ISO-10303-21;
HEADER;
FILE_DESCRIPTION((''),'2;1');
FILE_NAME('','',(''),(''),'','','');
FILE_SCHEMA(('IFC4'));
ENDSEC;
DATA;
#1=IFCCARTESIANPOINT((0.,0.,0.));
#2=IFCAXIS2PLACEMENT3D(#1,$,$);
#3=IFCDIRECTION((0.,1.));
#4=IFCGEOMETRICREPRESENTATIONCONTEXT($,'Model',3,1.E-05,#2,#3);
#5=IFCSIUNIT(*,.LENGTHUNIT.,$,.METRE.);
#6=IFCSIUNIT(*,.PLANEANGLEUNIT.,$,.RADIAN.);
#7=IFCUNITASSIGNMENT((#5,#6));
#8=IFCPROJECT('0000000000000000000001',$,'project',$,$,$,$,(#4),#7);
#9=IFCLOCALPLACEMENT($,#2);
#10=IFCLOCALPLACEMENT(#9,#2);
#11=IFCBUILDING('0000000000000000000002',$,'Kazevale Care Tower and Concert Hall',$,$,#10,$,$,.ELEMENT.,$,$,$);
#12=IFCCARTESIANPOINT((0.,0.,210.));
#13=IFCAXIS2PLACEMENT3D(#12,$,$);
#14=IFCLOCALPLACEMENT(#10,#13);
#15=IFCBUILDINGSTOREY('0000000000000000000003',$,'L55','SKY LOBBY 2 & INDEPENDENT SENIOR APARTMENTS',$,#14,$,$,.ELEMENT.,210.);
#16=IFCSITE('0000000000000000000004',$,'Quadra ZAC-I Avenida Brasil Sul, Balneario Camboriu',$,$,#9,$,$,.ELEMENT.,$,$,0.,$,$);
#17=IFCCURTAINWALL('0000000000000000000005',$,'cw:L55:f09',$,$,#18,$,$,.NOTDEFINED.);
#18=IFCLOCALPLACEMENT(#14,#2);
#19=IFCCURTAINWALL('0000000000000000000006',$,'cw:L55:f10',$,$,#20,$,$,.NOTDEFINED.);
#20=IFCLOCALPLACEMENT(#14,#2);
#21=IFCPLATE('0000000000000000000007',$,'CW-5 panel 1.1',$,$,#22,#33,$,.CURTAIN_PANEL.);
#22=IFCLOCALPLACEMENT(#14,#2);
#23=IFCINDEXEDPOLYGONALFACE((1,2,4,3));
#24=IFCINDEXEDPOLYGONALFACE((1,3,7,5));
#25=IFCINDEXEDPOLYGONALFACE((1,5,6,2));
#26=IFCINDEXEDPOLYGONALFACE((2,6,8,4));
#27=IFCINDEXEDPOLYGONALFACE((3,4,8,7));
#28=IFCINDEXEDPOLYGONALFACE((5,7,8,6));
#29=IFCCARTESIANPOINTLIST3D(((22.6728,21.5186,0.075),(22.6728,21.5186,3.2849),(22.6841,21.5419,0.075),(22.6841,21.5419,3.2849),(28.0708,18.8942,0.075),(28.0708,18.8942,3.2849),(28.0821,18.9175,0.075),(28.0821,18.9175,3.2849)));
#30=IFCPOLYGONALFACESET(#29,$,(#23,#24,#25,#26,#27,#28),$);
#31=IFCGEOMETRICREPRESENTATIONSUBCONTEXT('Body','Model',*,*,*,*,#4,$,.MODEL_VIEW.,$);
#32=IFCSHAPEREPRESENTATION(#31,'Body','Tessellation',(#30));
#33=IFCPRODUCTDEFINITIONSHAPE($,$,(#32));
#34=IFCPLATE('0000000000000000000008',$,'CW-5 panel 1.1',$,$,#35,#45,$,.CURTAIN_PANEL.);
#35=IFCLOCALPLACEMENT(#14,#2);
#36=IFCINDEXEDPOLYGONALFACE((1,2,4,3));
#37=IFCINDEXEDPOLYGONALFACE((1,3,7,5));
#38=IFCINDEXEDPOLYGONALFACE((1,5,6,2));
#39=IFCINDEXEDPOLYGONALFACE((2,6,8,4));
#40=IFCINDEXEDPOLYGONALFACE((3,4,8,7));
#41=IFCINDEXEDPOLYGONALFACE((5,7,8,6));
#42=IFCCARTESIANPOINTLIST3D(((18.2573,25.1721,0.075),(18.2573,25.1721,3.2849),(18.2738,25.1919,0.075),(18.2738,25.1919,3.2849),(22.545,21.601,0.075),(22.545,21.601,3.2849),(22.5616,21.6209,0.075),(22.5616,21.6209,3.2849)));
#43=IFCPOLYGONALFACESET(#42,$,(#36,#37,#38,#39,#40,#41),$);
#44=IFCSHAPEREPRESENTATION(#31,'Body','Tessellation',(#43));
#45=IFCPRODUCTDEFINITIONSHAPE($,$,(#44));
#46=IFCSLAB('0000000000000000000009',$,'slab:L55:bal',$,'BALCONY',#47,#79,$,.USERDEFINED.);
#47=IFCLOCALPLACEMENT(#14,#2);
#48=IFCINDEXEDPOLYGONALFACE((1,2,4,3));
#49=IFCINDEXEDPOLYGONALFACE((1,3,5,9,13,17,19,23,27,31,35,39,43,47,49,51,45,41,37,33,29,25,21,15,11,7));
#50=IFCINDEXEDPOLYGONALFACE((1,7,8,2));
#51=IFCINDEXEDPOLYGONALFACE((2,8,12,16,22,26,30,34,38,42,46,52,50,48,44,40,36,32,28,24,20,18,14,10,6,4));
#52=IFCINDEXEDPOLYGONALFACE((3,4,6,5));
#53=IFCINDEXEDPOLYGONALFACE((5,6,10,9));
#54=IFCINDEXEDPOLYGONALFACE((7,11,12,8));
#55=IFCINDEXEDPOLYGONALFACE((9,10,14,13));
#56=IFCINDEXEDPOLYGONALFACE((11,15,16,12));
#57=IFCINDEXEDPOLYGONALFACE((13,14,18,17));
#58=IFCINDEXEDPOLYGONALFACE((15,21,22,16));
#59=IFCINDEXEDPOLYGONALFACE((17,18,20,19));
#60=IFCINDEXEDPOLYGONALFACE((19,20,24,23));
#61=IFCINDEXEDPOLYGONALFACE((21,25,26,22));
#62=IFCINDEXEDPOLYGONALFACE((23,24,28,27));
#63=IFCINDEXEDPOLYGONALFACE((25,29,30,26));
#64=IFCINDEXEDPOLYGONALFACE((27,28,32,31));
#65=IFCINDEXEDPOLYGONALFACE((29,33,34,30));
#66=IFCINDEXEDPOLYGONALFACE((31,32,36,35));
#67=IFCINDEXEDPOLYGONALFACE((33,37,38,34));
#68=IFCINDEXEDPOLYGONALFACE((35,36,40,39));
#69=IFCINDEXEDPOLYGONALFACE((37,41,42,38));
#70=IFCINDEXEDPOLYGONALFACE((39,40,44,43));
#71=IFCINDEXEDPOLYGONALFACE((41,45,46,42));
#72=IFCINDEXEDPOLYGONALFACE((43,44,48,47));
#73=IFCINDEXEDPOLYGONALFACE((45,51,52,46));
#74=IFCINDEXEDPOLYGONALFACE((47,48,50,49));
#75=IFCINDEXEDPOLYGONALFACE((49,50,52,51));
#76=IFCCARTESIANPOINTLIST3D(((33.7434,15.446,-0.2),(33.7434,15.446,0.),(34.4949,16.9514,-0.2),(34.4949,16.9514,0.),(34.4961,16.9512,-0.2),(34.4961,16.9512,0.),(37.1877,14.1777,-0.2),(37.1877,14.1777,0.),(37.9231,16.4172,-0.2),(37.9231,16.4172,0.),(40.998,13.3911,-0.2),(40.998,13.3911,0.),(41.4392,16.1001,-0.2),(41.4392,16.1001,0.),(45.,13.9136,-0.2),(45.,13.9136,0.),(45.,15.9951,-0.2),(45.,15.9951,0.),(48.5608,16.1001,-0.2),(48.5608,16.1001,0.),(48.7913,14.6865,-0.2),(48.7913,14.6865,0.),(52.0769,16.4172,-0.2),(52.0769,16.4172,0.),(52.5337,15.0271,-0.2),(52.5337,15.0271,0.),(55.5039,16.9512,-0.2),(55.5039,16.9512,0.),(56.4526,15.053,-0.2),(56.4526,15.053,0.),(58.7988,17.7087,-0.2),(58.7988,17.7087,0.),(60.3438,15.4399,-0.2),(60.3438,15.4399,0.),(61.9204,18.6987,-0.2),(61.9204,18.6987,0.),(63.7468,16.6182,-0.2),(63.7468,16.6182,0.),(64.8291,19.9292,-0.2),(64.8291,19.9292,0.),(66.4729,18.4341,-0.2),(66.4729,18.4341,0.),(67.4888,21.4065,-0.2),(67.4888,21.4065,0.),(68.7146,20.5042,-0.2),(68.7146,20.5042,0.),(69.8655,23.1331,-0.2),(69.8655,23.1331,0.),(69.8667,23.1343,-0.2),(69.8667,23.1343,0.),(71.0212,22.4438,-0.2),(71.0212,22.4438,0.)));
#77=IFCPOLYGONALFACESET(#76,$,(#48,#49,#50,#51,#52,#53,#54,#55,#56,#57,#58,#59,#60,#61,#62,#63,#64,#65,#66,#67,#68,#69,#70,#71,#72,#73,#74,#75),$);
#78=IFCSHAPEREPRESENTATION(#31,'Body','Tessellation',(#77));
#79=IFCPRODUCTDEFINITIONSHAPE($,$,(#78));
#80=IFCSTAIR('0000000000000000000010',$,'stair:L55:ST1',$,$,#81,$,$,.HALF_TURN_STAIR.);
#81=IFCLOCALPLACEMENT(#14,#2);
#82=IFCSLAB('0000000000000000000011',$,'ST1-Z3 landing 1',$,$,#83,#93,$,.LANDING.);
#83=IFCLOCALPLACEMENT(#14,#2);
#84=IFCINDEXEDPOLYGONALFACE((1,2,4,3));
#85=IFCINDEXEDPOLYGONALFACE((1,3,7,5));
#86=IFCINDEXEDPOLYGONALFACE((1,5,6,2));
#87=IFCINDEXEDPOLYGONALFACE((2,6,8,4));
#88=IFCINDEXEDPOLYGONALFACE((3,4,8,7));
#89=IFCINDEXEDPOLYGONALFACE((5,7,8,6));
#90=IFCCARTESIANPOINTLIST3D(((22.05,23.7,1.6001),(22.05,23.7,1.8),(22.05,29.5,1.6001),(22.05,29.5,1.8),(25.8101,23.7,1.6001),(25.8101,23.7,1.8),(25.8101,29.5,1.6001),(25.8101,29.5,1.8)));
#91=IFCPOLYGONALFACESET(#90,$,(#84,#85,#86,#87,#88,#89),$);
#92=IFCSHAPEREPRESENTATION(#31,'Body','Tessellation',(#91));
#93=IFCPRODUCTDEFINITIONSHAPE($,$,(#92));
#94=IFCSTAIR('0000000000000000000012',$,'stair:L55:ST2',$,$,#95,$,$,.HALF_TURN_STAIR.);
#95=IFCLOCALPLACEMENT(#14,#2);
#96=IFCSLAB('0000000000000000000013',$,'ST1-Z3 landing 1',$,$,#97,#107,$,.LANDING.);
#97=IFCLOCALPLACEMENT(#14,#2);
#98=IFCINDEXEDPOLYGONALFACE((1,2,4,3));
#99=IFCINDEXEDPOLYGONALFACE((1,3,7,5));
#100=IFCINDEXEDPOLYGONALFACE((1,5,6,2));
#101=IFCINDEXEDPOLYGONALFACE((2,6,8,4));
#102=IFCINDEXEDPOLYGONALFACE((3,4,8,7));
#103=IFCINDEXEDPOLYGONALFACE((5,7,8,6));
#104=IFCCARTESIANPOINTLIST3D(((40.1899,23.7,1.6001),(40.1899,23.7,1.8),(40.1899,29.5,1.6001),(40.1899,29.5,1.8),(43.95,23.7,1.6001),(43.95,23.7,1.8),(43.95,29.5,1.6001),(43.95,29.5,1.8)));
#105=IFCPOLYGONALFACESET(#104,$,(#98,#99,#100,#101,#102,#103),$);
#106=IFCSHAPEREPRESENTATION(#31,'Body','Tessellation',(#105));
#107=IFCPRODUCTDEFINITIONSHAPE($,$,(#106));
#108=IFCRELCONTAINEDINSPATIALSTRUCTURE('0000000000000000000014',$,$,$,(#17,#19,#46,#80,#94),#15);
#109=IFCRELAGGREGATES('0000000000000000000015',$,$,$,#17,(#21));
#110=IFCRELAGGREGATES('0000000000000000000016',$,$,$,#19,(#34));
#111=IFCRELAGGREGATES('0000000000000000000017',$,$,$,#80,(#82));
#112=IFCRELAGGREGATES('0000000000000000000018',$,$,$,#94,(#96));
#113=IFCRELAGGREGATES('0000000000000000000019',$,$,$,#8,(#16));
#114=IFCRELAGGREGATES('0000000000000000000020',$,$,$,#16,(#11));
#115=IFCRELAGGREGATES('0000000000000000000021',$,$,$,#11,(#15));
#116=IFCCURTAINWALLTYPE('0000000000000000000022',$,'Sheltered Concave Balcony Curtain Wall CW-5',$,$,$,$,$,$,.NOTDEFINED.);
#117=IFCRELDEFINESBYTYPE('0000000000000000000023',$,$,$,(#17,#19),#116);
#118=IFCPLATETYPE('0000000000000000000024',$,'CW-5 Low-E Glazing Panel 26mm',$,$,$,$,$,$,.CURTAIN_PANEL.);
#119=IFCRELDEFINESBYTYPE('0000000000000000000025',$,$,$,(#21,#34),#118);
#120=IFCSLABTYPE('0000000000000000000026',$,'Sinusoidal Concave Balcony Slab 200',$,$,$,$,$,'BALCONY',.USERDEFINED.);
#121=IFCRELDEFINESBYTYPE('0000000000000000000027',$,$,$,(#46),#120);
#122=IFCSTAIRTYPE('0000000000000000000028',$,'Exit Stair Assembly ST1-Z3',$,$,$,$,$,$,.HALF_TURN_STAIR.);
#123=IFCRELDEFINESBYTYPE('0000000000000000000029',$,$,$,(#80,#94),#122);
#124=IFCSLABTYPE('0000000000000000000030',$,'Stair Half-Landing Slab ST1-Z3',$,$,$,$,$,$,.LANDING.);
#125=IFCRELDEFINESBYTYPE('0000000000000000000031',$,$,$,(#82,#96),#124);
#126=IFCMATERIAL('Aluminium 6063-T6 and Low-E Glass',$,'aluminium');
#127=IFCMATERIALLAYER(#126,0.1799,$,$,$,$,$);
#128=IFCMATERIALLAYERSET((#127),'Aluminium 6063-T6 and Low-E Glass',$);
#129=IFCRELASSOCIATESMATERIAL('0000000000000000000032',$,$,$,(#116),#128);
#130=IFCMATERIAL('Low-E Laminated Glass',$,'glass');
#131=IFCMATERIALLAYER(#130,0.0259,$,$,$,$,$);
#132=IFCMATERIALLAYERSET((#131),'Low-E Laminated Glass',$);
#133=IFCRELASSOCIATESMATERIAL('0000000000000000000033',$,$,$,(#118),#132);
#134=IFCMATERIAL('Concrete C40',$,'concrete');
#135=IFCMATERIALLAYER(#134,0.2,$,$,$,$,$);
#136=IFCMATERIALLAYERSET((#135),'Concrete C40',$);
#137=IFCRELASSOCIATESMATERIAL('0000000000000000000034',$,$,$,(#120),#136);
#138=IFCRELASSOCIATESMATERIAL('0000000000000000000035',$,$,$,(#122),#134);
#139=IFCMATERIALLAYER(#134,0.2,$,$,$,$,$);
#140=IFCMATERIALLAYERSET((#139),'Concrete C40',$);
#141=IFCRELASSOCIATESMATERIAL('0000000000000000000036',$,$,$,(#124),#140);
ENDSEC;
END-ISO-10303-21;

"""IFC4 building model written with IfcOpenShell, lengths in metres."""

from ifc_helpers import new_model, si_unit, direction, frame, origin, origin_2d, place, context, subcontext, project, spatial, polyline, rectangle, outline, extrude, material, layer, layer_set, type_object, element, aggregate, save


model = new_model("IFC4")

# Units and contexts
model_context = context("Model", 3, precision=1e-05, world=origin(), true_north=direction((0.0, 1.0)))
body_context = subcontext(model_context, "Body", "Model", "MODEL_VIEW")
ifc_project = project(units=[si_unit("LENGTHUNIT", "METRE"), si_unit("PLANEANGLEUNIT", "RADIAN")], contexts=[model_context])

# Site, building, storey
site_placement = place(None, origin())
site = spatial("IfcSite", under=ifc_project, at=site_placement, Name="Quadra ZAC-I Avenida Brasil Sul, Balneario Camboriu", CompositionType="ELEMENT", RefElevation=0.0)
building_placement = place(site_placement, origin())
building = spatial("IfcBuilding", under=site, at=building_placement, Name="Kazevale Care Tower and Concert Hall", CompositionType="ELEMENT")
storey_placement = place(building_placement, frame((0.0, 0.0, 210.0)))
storey = spatial("IfcBuildingStorey", under=building, at=storey_placement, Name="L55", Description="SKY LOBBY 2 & INDEPENDENT SENIOR APARTMENTS", CompositionType="ELEMENT", Elevation=210.0)

# Shared definitions
ifc_material_1 = material(Name="Aluminium 6063-T6 and Low-E Glass", Category="aluminium")

# Curtain wall
ifc_layer_1 = layer(ifc_material_1, 0.1799)
ifc_layer_set_1 = layer_set([ifc_layer_1], Name="Aluminium 6063-T6 and Low-E Glass")
curtain_wall_type_1 = type_object("IfcCurtainWallType", Name="Sheltered Concave Balcony Curtain Wall CW-5", PredefinedType="NOTDEFINED", material=ifc_layer_set_1)
curtain_wall_1_placement = place(storey_placement, origin())
curtain_wall_1 = element("IfcCurtainWall", 1, at=curtain_wall_1_placement, inside=storey, type_object=curtain_wall_type_1, Name="cw:L55:f09", PredefinedType="NOTDEFINED")

# Curtain wall
curtain_wall_2_placement = place(storey_placement, origin())
curtain_wall_2 = element("IfcCurtainWall", 2, at=curtain_wall_2_placement, inside=storey, type_object=curtain_wall_type_1, Name="cw:L55:f10", PredefinedType="NOTDEFINED")

# Plates
ifc_material_2 = material(Name="Low-E Laminated Glass", Category="glass")
ifc_layer_2 = layer(ifc_material_2, 0.0259)
ifc_layer_set_2 = layer_set([ifc_layer_2], Name="Low-E Laminated Glass")
plate_type_1 = type_object("IfcPlateType", Name="CW-5 Low-E Glazing Panel 26mm", PredefinedType="CURTAIN_PANEL", material=ifc_layer_set_2)
plate_1_placement = place(storey_placement, frame((25.3774, 20.218, 0.075), z_axis=(0.0, 0.0, 1.0), x_axis=(-0.899346, 0.437238, 0.0)))
plate_1 = element("IfcPlate", 3, at=plate_1_placement, type_object=plate_type_1, Name="CW-5 panel 1.1", PredefinedType="CURTAIN_PANEL", context=body_context, shape_type="SweptSolid", body=[
    extrude(rectangle(XDim=6.0022, YDim=0.0259, at=origin_2d()), origin(), (0.0, 0.0, 1.0), 3.21),
])
aggregate(curtain_wall_1, [plate_1])
plate_2_placement = place(storey_placement, frame((20.4094, 23.3965, 0.075), z_axis=(0.0, 0.0, 1.0), x_axis=(-0.768407, 0.639961, 0.0)))
plate_2 = element("IfcPlate", 4, at=plate_2_placement, type_object=plate_type_1, Name="CW-5 panel 1.1", PredefinedType="CURTAIN_PANEL", context=body_context, shape_type="SweptSolid", body=[
    extrude(rectangle(XDim=5.5801, YDim=0.0259, at=origin_2d()), origin(), (0.0, 0.0, 1.0), 3.21),
])
aggregate(curtain_wall_2, [plate_2])

# Slab
ifc_material_3 = material(Name="Concrete C40", Category="concrete")
ifc_layer_3 = layer(ifc_material_3, 0.2)
ifc_layer_set_3 = layer_set([ifc_layer_3], Name="Concrete C40")
slab_type_1 = type_object("IfcSlabType", Name="Sinusoidal Concave Balcony Slab 200", ElementType="BALCONY", PredefinedType="USERDEFINED", material=ifc_layer_set_3)
slab_1_placement = place(storey_placement, frame((0.0, 0.0, -0.2)))
element("IfcSlab", 5, at=slab_1_placement, inside=storey, type_object=slab_type_1, Name="slab:L55:bal", ObjectType="BALCONY", PredefinedType="USERDEFINED", context=body_context, shape_type="SweptSolid", body=[
    extrude(outline(polyline([(71.0212, 22.4438), (68.7146, 20.5042), (66.4729, 18.4341), (63.7468, 16.6182), (60.3438, 15.4399), (56.4526, 15.053), (52.5337, 15.0271), (48.7913, 14.6865), (45.0, 13.9136), (40.998, 13.3911), (37.1877, 14.1777), (33.7434, 15.446), (34.4949, 16.9514), (34.4961, 16.9512), (37.9231, 16.4172), (41.4392, 16.1001), (45.0, 15.9951), (48.5608, 16.1001), (52.0769, 16.4172), (55.5039, 16.9512), (58.7988, 17.7087), (61.9204, 18.6987), (64.8291, 19.9292), (67.4888, 21.4065), (69.8655, 23.1331), (69.8667, 23.1343), (71.0212, 22.4438)])), origin(), (0.0, 0.0, 1.0), 0.2),
])

# Stairs, slabs
stair_type = type_object("IfcStairType", Name="Exit Stair Assembly ST1-Z3", PredefinedType="HALF_TURN_STAIR", material=ifc_material_3)
stair_1_placement = place(storey_placement, origin())
stair_1 = element("IfcStair", 6, at=stair_1_placement, inside=storey, type_object=stair_type, Name="stair:L55:ST1", PredefinedType="HALF_TURN_STAIR")
ifc_layer_4 = layer(ifc_material_3, 0.2)
ifc_layer_set_4 = layer_set([ifc_layer_4], Name="Concrete C40")
slab_type_2 = type_object("IfcSlabType", Name="Stair Half-Landing Slab ST1-Z3", PredefinedType="LANDING", material=ifc_layer_set_4)
slab_2_placement = place(storey_placement, frame((0.0, 0.0, 1.6001)))
slab_2 = element("IfcSlab", 7, at=slab_2_placement, type_object=slab_type_2, Name="ST1-Z3 landing 1", PredefinedType="LANDING", context=body_context, shape_type="SweptSolid", body=[
    extrude(outline(polyline([(22.05, 23.7), (25.8101, 23.7), (25.8101, 29.5), (22.05, 29.5), (22.05, 23.7)])), origin(), (0.0, 0.0, 1.0), 0.2),
])
aggregate(stair_1, [slab_2])
stair_2_placement = place(storey_placement, origin())
stair_2 = element("IfcStair", 8, at=stair_2_placement, inside=storey, type_object=stair_type, Name="stair:L55:ST2", PredefinedType="HALF_TURN_STAIR")
slab_3_placement = place(storey_placement, frame((0.0, 0.0, 1.6001)))
slab_3 = element("IfcSlab", 9, at=slab_3_placement, type_object=slab_type_2, Name="ST1-Z3 landing 1", PredefinedType="LANDING", context=body_context, shape_type="SweptSolid", body=[
    extrude(outline(polyline([(40.1899, 23.7), (43.95, 23.7), (43.95, 29.5), (40.1899, 29.5), (40.1899, 23.7)])), origin(), (0.0, 0.0, 1.0), 0.2),
])
aggregate(stair_2, [slab_3])

save(model, "model.ifc")
